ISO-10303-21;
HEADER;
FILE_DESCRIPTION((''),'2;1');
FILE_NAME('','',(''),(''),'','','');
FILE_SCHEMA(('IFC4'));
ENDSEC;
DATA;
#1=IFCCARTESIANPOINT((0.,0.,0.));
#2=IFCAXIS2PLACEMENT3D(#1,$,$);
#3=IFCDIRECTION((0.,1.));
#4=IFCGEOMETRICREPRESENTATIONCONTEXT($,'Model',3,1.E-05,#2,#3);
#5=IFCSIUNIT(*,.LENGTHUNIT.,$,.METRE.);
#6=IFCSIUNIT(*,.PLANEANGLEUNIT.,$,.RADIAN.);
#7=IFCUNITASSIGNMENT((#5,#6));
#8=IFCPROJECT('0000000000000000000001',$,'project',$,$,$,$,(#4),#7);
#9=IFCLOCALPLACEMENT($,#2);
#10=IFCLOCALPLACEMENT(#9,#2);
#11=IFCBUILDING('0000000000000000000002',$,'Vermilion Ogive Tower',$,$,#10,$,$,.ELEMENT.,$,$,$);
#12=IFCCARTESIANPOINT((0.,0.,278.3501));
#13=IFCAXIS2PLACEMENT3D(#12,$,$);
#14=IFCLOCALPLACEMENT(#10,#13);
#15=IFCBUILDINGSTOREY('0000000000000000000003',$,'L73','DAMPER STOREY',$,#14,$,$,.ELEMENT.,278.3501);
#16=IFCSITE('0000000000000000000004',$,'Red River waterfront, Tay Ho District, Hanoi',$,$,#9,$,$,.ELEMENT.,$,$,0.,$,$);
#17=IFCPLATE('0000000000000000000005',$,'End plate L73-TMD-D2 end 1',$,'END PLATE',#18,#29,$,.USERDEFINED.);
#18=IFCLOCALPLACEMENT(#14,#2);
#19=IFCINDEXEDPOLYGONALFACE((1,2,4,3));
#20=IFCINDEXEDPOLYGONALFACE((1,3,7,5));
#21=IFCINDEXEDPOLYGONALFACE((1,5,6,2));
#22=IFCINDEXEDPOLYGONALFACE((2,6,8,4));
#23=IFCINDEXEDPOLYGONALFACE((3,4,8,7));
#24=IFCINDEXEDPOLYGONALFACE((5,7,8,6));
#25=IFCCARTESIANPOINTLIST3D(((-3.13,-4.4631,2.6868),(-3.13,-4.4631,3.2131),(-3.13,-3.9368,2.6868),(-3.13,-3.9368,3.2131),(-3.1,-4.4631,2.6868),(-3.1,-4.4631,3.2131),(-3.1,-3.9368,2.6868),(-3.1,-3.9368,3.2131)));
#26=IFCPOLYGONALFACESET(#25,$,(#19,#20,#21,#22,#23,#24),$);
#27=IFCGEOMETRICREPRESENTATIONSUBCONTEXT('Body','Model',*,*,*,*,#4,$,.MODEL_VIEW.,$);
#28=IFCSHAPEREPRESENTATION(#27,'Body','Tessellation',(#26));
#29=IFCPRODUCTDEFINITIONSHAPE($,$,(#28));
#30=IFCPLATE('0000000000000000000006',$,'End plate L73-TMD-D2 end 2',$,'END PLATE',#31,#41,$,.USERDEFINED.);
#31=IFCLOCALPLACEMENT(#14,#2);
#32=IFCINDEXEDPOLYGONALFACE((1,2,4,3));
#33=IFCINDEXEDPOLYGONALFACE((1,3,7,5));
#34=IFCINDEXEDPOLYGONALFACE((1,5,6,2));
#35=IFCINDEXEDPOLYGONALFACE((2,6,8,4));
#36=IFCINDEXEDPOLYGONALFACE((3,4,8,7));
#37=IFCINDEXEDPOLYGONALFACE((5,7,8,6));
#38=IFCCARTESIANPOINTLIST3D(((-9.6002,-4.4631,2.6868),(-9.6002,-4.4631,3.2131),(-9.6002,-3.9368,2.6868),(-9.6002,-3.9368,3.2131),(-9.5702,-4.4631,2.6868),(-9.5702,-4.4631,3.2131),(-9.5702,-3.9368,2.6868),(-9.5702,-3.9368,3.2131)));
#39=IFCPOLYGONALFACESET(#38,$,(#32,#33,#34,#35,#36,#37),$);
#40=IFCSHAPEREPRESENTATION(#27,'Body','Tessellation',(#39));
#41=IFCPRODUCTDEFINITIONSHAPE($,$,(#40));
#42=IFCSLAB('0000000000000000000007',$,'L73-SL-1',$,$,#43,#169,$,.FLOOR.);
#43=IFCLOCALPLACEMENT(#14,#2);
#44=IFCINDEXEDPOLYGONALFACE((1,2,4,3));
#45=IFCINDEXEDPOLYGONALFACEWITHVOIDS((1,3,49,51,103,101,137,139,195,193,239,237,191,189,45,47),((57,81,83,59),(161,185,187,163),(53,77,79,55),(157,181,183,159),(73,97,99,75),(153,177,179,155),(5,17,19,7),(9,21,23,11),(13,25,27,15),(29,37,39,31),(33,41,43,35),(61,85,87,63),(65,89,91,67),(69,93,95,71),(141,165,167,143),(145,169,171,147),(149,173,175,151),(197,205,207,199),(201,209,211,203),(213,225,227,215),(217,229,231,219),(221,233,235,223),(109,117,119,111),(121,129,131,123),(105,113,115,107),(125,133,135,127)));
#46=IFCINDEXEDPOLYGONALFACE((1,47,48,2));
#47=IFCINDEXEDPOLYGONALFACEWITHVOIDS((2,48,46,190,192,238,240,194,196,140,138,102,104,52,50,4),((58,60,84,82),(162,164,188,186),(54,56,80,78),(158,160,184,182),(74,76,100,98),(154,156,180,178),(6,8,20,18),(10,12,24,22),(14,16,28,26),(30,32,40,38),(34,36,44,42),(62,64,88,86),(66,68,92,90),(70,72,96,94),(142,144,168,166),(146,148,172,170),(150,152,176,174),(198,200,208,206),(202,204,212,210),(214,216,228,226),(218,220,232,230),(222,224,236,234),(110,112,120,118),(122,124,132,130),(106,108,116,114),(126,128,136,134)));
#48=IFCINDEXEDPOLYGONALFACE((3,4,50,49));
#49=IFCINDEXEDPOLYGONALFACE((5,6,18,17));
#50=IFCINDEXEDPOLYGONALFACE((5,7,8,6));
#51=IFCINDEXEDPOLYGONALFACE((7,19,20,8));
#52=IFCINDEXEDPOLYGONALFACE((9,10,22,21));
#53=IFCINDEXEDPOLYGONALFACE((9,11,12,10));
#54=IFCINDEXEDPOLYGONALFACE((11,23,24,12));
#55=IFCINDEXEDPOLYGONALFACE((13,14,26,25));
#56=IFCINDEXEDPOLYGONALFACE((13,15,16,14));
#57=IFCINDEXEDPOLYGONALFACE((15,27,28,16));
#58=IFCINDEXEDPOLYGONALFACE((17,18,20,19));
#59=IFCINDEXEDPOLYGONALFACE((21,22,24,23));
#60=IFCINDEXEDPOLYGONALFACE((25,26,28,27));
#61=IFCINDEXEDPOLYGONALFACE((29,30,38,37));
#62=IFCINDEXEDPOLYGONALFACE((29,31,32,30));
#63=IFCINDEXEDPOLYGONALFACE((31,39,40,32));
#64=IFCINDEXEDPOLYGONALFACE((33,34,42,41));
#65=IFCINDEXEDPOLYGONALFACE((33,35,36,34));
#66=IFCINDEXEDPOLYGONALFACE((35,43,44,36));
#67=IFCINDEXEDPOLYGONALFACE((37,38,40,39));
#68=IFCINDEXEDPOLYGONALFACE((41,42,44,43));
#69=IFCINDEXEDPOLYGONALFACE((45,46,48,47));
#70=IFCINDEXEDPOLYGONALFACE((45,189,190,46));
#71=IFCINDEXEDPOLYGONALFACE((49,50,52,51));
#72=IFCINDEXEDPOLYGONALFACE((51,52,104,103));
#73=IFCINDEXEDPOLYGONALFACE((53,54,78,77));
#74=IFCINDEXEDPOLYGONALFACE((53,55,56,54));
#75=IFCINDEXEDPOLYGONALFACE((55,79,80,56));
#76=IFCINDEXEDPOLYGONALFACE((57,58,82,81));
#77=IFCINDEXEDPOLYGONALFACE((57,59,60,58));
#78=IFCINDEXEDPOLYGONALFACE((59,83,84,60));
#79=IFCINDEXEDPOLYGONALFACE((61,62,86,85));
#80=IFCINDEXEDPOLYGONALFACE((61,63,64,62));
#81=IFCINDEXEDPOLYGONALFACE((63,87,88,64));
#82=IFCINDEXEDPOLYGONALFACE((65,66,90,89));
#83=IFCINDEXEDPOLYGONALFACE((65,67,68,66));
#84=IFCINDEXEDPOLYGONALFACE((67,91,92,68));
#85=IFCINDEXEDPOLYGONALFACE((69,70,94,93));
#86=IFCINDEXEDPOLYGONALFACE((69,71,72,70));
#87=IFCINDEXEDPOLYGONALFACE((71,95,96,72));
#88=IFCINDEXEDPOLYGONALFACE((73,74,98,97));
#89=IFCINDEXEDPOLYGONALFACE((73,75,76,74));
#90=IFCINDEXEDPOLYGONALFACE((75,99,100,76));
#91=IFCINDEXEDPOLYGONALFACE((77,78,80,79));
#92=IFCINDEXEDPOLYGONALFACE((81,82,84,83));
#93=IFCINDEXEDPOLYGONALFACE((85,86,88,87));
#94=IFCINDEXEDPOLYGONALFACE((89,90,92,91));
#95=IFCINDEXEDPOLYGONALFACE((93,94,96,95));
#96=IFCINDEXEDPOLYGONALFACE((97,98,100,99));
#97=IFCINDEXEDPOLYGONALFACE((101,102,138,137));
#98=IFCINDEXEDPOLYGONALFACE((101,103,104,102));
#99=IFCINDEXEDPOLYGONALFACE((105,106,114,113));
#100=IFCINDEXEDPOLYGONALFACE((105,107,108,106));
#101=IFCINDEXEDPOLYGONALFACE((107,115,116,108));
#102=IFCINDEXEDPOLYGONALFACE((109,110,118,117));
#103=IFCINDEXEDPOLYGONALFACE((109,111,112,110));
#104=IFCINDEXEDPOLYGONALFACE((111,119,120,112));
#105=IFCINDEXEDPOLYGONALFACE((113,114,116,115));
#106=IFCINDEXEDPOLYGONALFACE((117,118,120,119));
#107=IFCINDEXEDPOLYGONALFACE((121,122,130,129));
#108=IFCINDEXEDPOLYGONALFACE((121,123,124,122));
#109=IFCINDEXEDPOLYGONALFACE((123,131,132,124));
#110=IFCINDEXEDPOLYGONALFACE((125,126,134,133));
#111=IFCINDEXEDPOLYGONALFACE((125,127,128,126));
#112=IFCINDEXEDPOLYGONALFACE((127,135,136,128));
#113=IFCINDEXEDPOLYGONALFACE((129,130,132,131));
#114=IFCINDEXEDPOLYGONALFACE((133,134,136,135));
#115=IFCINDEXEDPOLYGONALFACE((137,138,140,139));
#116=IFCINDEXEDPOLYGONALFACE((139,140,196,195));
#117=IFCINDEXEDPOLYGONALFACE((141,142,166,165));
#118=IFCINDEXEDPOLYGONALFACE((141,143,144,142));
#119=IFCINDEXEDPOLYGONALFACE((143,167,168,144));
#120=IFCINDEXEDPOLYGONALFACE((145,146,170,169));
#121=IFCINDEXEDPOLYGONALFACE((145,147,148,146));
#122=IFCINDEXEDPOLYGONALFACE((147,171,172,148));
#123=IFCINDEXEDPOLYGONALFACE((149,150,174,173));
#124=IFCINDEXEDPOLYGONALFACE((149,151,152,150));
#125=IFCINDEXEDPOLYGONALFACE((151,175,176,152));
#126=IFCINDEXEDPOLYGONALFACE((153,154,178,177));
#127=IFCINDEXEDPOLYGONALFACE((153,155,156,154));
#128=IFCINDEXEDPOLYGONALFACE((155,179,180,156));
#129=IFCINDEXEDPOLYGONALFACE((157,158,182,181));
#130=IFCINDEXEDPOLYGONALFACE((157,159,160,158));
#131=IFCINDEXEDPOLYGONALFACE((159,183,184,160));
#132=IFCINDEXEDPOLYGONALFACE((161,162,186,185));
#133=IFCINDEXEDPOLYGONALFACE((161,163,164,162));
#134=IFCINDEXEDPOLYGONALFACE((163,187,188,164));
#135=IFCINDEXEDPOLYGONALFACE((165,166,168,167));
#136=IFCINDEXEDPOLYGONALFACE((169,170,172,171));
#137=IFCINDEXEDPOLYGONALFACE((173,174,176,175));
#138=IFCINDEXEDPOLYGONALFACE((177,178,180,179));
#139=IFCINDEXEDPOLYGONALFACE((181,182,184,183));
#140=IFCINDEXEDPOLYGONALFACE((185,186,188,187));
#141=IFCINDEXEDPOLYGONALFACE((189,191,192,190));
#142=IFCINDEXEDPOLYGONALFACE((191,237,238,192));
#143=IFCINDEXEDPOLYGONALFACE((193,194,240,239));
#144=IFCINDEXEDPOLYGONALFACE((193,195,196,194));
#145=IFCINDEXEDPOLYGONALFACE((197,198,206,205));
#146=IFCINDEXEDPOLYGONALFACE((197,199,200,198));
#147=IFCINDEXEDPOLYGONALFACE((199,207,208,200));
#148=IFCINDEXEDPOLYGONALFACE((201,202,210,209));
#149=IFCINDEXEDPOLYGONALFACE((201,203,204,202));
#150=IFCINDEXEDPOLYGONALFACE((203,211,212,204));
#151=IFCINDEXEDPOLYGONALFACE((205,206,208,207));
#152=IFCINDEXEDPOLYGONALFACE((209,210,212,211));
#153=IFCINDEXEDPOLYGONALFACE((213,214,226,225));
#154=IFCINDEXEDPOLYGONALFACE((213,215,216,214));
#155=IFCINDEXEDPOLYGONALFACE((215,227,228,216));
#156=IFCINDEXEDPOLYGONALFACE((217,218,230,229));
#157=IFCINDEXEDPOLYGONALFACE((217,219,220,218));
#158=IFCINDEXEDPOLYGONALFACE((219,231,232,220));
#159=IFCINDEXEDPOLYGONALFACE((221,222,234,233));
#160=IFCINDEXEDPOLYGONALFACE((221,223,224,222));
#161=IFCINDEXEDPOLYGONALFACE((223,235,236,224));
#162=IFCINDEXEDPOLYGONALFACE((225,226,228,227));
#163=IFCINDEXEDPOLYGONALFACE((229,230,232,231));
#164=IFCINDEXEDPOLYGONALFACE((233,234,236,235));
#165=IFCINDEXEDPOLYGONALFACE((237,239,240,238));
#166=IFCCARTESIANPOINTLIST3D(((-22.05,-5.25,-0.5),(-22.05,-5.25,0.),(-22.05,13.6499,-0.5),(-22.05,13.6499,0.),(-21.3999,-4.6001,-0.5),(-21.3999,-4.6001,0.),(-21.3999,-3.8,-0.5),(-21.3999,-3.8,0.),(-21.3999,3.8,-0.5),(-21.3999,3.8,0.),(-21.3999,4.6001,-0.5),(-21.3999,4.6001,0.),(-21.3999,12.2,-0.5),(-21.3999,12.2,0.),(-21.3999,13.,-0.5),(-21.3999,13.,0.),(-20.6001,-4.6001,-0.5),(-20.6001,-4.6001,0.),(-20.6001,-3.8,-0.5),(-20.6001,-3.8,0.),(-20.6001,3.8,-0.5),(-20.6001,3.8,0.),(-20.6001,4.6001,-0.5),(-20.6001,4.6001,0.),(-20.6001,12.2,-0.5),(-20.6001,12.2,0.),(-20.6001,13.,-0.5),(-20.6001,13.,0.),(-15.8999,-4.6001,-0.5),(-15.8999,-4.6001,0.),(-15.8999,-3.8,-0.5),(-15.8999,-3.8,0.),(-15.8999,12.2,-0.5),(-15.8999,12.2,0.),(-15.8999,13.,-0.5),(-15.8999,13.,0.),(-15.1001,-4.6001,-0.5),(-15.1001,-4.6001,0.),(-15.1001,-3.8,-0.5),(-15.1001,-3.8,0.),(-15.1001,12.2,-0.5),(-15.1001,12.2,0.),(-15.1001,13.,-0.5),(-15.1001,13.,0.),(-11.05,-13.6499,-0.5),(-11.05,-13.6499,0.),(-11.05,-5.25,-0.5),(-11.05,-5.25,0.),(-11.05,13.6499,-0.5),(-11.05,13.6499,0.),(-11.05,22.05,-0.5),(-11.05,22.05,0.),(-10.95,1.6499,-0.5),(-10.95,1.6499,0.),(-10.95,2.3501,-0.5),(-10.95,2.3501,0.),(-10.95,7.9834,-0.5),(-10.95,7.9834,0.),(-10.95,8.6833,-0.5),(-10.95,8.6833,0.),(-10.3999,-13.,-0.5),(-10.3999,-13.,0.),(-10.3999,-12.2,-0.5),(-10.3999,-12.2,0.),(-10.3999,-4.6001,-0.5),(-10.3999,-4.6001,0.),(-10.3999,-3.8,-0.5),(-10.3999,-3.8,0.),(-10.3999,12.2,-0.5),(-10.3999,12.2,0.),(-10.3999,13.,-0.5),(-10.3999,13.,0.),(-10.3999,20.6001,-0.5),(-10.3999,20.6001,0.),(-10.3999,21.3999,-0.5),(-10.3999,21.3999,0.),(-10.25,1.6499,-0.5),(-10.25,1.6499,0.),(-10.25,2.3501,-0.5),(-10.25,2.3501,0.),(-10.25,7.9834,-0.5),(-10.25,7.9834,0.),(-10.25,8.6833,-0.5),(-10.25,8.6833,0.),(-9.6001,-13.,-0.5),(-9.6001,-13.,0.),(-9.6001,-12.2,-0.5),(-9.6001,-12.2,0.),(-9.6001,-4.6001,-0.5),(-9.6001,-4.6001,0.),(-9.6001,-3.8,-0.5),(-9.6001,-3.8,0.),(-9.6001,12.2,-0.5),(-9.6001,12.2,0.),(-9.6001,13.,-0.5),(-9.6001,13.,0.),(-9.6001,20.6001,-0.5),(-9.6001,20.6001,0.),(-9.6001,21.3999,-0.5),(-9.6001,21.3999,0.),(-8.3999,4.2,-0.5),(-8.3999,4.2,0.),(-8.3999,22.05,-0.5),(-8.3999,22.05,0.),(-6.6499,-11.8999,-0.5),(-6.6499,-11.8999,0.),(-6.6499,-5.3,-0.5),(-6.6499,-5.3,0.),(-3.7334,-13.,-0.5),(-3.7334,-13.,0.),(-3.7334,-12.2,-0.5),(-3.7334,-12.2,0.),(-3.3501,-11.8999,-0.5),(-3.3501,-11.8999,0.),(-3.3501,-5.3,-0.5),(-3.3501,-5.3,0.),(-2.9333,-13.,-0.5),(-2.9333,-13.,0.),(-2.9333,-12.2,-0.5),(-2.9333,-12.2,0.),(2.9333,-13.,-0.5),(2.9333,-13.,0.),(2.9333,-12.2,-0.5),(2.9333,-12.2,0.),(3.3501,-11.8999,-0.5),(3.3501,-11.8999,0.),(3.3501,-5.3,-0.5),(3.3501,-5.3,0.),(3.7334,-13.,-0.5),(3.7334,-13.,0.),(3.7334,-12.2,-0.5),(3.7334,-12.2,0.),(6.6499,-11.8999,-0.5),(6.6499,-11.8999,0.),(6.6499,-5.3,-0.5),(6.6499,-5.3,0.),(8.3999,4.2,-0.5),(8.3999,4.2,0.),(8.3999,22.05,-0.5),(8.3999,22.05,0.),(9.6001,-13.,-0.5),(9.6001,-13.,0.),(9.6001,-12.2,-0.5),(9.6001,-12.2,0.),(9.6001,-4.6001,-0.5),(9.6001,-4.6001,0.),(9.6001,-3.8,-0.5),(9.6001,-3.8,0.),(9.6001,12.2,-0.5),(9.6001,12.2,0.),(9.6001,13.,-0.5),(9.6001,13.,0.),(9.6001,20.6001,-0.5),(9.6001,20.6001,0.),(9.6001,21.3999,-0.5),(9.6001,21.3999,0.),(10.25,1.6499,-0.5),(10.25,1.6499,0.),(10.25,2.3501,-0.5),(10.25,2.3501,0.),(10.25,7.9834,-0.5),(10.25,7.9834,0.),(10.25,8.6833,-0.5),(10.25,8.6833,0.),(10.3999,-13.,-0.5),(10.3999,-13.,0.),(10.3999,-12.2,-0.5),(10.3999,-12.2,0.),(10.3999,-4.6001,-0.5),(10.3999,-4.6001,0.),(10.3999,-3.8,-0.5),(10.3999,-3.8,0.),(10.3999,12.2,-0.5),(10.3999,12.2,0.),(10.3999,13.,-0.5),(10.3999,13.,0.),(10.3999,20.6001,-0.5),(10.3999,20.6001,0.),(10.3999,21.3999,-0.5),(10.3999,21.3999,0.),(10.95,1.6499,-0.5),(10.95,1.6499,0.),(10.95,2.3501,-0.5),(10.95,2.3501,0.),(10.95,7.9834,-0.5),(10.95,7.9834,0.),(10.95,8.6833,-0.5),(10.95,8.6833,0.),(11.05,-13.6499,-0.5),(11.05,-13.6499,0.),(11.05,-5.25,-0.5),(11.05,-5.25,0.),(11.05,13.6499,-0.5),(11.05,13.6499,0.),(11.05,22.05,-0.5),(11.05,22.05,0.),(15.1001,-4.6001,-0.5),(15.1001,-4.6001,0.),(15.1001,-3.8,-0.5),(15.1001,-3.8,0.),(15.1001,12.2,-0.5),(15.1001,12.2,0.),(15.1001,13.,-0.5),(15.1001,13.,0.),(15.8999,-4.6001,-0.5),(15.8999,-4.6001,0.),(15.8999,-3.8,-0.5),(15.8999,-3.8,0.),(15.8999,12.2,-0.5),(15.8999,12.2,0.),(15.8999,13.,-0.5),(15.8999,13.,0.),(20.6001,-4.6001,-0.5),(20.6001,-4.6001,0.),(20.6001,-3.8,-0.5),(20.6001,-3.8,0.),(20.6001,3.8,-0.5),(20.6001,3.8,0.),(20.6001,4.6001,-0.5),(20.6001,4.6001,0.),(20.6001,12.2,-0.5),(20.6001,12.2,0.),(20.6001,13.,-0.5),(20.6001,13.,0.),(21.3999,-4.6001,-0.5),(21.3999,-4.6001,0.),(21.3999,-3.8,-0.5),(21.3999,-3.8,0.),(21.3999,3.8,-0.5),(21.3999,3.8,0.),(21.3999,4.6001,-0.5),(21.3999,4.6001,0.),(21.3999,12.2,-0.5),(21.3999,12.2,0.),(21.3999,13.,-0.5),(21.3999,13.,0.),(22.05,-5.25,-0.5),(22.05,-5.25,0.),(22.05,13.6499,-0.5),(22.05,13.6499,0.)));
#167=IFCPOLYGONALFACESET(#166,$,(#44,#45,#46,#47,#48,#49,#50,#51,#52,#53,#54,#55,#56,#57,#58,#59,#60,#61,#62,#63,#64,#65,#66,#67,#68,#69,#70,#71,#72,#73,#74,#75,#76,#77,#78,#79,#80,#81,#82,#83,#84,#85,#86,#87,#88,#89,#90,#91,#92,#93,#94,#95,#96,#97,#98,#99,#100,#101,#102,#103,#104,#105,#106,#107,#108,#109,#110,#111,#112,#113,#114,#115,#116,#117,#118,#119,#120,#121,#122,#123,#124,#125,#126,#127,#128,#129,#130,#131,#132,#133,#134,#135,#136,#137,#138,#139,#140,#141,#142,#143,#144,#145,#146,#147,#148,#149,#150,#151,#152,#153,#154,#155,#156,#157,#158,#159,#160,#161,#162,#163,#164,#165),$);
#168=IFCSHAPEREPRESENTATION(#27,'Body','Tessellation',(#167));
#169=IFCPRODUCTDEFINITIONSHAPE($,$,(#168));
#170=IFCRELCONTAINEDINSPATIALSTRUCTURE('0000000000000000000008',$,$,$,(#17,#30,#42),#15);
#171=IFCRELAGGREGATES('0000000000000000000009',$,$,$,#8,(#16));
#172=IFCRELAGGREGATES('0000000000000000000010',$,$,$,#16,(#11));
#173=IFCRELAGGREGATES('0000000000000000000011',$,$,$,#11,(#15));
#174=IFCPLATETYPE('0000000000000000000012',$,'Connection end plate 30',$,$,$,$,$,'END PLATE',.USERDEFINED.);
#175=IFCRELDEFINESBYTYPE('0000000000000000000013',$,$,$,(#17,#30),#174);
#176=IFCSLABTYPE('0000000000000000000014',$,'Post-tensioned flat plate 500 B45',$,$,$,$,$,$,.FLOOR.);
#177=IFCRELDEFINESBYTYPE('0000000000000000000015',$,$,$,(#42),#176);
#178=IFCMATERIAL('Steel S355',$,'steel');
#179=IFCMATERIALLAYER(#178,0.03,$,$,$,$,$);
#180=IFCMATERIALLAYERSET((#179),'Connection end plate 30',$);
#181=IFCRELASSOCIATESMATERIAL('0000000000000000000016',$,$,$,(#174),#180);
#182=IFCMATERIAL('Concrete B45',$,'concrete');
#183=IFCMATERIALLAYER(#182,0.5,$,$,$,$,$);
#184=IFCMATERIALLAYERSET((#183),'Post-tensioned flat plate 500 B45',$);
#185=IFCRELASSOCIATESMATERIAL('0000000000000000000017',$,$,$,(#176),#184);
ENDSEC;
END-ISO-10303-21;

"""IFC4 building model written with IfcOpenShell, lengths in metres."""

from ifc_helpers import new_model, si_unit, direction, frame, origin, origin_2d, place, context, subcontext, project, spatial, polyline, rectangle, outline, extrude, material, layer, layer_set, type_object, element, save


model = new_model("IFC4")

# Units and contexts
model_context = context("Model", 3, precision=1e-05, world=origin(), true_north=direction((0.0, 1.0)))
body_context = subcontext(model_context, "Body", "Model", "MODEL_VIEW")
ifc_project = project(units=[si_unit("LENGTHUNIT", "METRE"), si_unit("PLANEANGLEUNIT", "RADIAN")], contexts=[model_context])

# Site, building, storey
site_placement = place(None, origin())
site = spatial("IfcSite", under=ifc_project, at=site_placement, Name="Red River waterfront, Tay Ho District, Hanoi", CompositionType="ELEMENT", RefElevation=0.0)
building_placement = place(site_placement, origin())
building = spatial("IfcBuilding", under=site, at=building_placement, Name="Vermilion Ogive Tower", CompositionType="ELEMENT")
storey_placement = place(building_placement, frame((0.0, 0.0, 278.3501)))
storey = spatial("IfcBuildingStorey", under=building, at=storey_placement, Name="L73", Description="DAMPER STOREY", CompositionType="ELEMENT", Elevation=278.3501)

# Plates
ifc_material_1 = material(Name="Steel S355", Category="steel")
ifc_layer_1 = layer(ifc_material_1, 0.03)
ifc_layer_set_1 = layer_set([ifc_layer_1], Name="Connection end plate 30")
plate_type_1 = type_object("IfcPlateType", Name="Connection end plate 30", ElementType="END PLATE", PredefinedType="USERDEFINED", material=ifc_layer_set_1)
for number, where, z_axis, x_axis, name in (
    (1, (-3.115, -4.2, 2.6868), (0.0, 0.0, 1.0), (1.0, 0.0, 0.0), "End plate L73-TMD-D2 end 1"),
    (2, (-9.5852, -4.2, 2.6868), (0.0, 0.0, 1.0), (1.0, 0.0, 0.0), "End plate L73-TMD-D2 end 2"),
):
    element("IfcPlate", number, at=place(storey_placement, frame(where, z_axis=z_axis, x_axis=x_axis)), inside=storey, type_object=plate_type_1, Name=name, ObjectType="END PLATE", PredefinedType="USERDEFINED", context=body_context, shape_type="SweptSolid", body=[
        extrude(rectangle(XDim=0.03, YDim=0.5264, at=origin_2d()), origin(), (0.0, 0.0, 1.0), 0.5264),
    ])

# Slab
ifc_material_2 = material(Name="Concrete B45", Category="concrete")
ifc_layer_2 = layer(ifc_material_2, 0.5)
ifc_layer_set_2 = layer_set([ifc_layer_2], Name="Post-tensioned flat plate 500 B45")
slab_type = type_object("IfcSlabType", Name="Post-tensioned flat plate 500 B45", PredefinedType="FLOOR", material=ifc_layer_set_2)
slab_placement = place(storey_placement, frame((0.0, 0.0, -0.5)))
element("IfcSlab", 3, at=slab_placement, inside=storey, type_object=slab_type, Name="L73-SL-1", PredefinedType="FLOOR", context=body_context, shape_type="SweptSolid", body=[
    extrude(outline(polyline([(-11.05, -5.25), (-22.05, -5.25), (-22.05, 13.6499), (-11.05, 13.6499), (-11.05, 22.05), (-8.3999, 22.05), (-8.3999, 4.2), (8.3999, 4.2), (8.3999, 22.05), (11.05, 22.05), (11.05, 13.6499), (22.05, 13.6499), (22.05, -5.25), (11.05, -5.25), (11.05, -13.6499), (-11.05, -13.6499), (-11.05, -5.25)]), holes=[polyline([(21.3999, 12.2), (21.3999, 13.0), (20.6001, 13.0), (20.6001, 12.2), (21.3999, 12.2)]), polyline([(21.3999, 3.8), (21.3999, 4.6001), (20.6001, 4.6001), (20.6001, 3.8), (21.3999, 3.8)]), polyline([(21.3999, -4.6001), (21.3999, -3.8), (20.6001, -3.8), (20.6001, -4.6001), (21.3999, -4.6001)]), polyline([(15.8999, 12.2), (15.8999, 13.0), (15.1001, 13.0), (15.1001, 12.2), (15.8999, 12.2)]), polyline([(15.8999, -4.6001), (15.8999, -3.8), (15.1001, -3.8), (15.1001, -4.6001), (15.8999, -4.6001)]), polyline([(10.95, 7.9834), (10.95, 8.6833), (10.25, 8.6833), (10.25, 7.9834), (10.95, 7.9834)]), polyline([(10.95, 1.6499), (10.95, 2.3501), (10.25, 2.3501), (10.25, 1.6499), (10.95, 1.6499)]), polyline([(10.3999, 20.6001), (10.3999, 21.3999), (9.6001, 21.3999), (9.6001, 20.6001), (10.3999, 20.6001)]), polyline([(10.3999, 12.2), (10.3999, 13.0), (9.6001, 13.0), (9.6001, 12.2), (10.3999, 12.2)]), polyline([(10.3999, -4.6001), (10.3999, -3.8), (9.6001, -3.8), (9.6001, -4.6001), (10.3999, -4.6001)]), polyline([(10.3999, -13.0), (10.3999, -12.2), (9.6001, -12.2), (9.6001, -13.0), (10.3999, -13.0)]), polyline([(6.6499, -11.8999), (6.6499, -5.3), (3.3501, -5.3), (3.3501, -11.8999), (6.6499, -11.8999)]), polyline([(3.7334, -13.0), (3.7334, -12.2), (2.9333, -12.2), (2.9333, -13.0), (3.7334, -13.0)]), polyline([(-2.9333, -13.0), (-2.9333, -12.2), (-3.7334, -12.2), (-3.7334, -13.0), (-2.9333, -13.0)]), polyline([(-3.3501, -11.8999), (-3.3501, -5.3), (-6.6499, -5.3), (-6.6499, -11.8999), (-3.3501, -11.8999)]), polyline([(-9.6001, 20.6001), (-9.6001, 21.3999), (-10.3999, 21.3999), (-10.3999, 20.6001), (-9.6001, 20.6001)]), polyline([(-9.6001, 12.2), (-9.6001, 13.0), (-10.3999, 13.0), (-10.3999, 12.2), (-9.6001, 12.2)]), polyline([(-9.6001, -4.6001), (-9.6001, -3.8), (-10.3999, -3.8), (-10.3999, -4.6001), (-9.6001, -4.6001)]), polyline([(-9.6001, -12.2), (-10.3999, -12.2), (-10.3999, -13.0), (-9.6001, -13.0), (-9.6001, -12.2)]), polyline([(-10.25, 7.9834), (-10.25, 8.6833), (-10.95, 8.6833), (-10.95, 7.9834), (-10.25, 7.9834)]), polyline([(-10.25, 1.6499), (-10.25, 2.3501), (-10.95, 2.3501), (-10.95, 1.6499), (-10.25, 1.6499)]), polyline([(-15.1001, 12.2), (-15.1001, 13.0), (-15.8999, 13.0), (-15.8999, 12.2), (-15.1001, 12.2)]), polyline([(-15.1001, -4.6001), (-15.1001, -3.8), (-15.8999, -3.8), (-15.8999, -4.6001), (-15.1001, -4.6001)]), polyline([(-20.6001, -4.6001), (-20.6001, -3.8), (-21.3999, -3.8), (-21.3999, -4.6001), (-20.6001, -4.6001)]), polyline([(-20.6001, 12.2), (-20.6001, 13.0), (-21.3999, 13.0), (-21.3999, 12.2), (-20.6001, 12.2)]), polyline([(-20.6001, 3.8), (-20.6001, 4.6001), (-21.3999, 4.6001), (-21.3999, 3.8), (-20.6001, 3.8)])]), origin(), (0.0, 0.0, 1.0), 0.5),
])

save(model, "model.ifc")
